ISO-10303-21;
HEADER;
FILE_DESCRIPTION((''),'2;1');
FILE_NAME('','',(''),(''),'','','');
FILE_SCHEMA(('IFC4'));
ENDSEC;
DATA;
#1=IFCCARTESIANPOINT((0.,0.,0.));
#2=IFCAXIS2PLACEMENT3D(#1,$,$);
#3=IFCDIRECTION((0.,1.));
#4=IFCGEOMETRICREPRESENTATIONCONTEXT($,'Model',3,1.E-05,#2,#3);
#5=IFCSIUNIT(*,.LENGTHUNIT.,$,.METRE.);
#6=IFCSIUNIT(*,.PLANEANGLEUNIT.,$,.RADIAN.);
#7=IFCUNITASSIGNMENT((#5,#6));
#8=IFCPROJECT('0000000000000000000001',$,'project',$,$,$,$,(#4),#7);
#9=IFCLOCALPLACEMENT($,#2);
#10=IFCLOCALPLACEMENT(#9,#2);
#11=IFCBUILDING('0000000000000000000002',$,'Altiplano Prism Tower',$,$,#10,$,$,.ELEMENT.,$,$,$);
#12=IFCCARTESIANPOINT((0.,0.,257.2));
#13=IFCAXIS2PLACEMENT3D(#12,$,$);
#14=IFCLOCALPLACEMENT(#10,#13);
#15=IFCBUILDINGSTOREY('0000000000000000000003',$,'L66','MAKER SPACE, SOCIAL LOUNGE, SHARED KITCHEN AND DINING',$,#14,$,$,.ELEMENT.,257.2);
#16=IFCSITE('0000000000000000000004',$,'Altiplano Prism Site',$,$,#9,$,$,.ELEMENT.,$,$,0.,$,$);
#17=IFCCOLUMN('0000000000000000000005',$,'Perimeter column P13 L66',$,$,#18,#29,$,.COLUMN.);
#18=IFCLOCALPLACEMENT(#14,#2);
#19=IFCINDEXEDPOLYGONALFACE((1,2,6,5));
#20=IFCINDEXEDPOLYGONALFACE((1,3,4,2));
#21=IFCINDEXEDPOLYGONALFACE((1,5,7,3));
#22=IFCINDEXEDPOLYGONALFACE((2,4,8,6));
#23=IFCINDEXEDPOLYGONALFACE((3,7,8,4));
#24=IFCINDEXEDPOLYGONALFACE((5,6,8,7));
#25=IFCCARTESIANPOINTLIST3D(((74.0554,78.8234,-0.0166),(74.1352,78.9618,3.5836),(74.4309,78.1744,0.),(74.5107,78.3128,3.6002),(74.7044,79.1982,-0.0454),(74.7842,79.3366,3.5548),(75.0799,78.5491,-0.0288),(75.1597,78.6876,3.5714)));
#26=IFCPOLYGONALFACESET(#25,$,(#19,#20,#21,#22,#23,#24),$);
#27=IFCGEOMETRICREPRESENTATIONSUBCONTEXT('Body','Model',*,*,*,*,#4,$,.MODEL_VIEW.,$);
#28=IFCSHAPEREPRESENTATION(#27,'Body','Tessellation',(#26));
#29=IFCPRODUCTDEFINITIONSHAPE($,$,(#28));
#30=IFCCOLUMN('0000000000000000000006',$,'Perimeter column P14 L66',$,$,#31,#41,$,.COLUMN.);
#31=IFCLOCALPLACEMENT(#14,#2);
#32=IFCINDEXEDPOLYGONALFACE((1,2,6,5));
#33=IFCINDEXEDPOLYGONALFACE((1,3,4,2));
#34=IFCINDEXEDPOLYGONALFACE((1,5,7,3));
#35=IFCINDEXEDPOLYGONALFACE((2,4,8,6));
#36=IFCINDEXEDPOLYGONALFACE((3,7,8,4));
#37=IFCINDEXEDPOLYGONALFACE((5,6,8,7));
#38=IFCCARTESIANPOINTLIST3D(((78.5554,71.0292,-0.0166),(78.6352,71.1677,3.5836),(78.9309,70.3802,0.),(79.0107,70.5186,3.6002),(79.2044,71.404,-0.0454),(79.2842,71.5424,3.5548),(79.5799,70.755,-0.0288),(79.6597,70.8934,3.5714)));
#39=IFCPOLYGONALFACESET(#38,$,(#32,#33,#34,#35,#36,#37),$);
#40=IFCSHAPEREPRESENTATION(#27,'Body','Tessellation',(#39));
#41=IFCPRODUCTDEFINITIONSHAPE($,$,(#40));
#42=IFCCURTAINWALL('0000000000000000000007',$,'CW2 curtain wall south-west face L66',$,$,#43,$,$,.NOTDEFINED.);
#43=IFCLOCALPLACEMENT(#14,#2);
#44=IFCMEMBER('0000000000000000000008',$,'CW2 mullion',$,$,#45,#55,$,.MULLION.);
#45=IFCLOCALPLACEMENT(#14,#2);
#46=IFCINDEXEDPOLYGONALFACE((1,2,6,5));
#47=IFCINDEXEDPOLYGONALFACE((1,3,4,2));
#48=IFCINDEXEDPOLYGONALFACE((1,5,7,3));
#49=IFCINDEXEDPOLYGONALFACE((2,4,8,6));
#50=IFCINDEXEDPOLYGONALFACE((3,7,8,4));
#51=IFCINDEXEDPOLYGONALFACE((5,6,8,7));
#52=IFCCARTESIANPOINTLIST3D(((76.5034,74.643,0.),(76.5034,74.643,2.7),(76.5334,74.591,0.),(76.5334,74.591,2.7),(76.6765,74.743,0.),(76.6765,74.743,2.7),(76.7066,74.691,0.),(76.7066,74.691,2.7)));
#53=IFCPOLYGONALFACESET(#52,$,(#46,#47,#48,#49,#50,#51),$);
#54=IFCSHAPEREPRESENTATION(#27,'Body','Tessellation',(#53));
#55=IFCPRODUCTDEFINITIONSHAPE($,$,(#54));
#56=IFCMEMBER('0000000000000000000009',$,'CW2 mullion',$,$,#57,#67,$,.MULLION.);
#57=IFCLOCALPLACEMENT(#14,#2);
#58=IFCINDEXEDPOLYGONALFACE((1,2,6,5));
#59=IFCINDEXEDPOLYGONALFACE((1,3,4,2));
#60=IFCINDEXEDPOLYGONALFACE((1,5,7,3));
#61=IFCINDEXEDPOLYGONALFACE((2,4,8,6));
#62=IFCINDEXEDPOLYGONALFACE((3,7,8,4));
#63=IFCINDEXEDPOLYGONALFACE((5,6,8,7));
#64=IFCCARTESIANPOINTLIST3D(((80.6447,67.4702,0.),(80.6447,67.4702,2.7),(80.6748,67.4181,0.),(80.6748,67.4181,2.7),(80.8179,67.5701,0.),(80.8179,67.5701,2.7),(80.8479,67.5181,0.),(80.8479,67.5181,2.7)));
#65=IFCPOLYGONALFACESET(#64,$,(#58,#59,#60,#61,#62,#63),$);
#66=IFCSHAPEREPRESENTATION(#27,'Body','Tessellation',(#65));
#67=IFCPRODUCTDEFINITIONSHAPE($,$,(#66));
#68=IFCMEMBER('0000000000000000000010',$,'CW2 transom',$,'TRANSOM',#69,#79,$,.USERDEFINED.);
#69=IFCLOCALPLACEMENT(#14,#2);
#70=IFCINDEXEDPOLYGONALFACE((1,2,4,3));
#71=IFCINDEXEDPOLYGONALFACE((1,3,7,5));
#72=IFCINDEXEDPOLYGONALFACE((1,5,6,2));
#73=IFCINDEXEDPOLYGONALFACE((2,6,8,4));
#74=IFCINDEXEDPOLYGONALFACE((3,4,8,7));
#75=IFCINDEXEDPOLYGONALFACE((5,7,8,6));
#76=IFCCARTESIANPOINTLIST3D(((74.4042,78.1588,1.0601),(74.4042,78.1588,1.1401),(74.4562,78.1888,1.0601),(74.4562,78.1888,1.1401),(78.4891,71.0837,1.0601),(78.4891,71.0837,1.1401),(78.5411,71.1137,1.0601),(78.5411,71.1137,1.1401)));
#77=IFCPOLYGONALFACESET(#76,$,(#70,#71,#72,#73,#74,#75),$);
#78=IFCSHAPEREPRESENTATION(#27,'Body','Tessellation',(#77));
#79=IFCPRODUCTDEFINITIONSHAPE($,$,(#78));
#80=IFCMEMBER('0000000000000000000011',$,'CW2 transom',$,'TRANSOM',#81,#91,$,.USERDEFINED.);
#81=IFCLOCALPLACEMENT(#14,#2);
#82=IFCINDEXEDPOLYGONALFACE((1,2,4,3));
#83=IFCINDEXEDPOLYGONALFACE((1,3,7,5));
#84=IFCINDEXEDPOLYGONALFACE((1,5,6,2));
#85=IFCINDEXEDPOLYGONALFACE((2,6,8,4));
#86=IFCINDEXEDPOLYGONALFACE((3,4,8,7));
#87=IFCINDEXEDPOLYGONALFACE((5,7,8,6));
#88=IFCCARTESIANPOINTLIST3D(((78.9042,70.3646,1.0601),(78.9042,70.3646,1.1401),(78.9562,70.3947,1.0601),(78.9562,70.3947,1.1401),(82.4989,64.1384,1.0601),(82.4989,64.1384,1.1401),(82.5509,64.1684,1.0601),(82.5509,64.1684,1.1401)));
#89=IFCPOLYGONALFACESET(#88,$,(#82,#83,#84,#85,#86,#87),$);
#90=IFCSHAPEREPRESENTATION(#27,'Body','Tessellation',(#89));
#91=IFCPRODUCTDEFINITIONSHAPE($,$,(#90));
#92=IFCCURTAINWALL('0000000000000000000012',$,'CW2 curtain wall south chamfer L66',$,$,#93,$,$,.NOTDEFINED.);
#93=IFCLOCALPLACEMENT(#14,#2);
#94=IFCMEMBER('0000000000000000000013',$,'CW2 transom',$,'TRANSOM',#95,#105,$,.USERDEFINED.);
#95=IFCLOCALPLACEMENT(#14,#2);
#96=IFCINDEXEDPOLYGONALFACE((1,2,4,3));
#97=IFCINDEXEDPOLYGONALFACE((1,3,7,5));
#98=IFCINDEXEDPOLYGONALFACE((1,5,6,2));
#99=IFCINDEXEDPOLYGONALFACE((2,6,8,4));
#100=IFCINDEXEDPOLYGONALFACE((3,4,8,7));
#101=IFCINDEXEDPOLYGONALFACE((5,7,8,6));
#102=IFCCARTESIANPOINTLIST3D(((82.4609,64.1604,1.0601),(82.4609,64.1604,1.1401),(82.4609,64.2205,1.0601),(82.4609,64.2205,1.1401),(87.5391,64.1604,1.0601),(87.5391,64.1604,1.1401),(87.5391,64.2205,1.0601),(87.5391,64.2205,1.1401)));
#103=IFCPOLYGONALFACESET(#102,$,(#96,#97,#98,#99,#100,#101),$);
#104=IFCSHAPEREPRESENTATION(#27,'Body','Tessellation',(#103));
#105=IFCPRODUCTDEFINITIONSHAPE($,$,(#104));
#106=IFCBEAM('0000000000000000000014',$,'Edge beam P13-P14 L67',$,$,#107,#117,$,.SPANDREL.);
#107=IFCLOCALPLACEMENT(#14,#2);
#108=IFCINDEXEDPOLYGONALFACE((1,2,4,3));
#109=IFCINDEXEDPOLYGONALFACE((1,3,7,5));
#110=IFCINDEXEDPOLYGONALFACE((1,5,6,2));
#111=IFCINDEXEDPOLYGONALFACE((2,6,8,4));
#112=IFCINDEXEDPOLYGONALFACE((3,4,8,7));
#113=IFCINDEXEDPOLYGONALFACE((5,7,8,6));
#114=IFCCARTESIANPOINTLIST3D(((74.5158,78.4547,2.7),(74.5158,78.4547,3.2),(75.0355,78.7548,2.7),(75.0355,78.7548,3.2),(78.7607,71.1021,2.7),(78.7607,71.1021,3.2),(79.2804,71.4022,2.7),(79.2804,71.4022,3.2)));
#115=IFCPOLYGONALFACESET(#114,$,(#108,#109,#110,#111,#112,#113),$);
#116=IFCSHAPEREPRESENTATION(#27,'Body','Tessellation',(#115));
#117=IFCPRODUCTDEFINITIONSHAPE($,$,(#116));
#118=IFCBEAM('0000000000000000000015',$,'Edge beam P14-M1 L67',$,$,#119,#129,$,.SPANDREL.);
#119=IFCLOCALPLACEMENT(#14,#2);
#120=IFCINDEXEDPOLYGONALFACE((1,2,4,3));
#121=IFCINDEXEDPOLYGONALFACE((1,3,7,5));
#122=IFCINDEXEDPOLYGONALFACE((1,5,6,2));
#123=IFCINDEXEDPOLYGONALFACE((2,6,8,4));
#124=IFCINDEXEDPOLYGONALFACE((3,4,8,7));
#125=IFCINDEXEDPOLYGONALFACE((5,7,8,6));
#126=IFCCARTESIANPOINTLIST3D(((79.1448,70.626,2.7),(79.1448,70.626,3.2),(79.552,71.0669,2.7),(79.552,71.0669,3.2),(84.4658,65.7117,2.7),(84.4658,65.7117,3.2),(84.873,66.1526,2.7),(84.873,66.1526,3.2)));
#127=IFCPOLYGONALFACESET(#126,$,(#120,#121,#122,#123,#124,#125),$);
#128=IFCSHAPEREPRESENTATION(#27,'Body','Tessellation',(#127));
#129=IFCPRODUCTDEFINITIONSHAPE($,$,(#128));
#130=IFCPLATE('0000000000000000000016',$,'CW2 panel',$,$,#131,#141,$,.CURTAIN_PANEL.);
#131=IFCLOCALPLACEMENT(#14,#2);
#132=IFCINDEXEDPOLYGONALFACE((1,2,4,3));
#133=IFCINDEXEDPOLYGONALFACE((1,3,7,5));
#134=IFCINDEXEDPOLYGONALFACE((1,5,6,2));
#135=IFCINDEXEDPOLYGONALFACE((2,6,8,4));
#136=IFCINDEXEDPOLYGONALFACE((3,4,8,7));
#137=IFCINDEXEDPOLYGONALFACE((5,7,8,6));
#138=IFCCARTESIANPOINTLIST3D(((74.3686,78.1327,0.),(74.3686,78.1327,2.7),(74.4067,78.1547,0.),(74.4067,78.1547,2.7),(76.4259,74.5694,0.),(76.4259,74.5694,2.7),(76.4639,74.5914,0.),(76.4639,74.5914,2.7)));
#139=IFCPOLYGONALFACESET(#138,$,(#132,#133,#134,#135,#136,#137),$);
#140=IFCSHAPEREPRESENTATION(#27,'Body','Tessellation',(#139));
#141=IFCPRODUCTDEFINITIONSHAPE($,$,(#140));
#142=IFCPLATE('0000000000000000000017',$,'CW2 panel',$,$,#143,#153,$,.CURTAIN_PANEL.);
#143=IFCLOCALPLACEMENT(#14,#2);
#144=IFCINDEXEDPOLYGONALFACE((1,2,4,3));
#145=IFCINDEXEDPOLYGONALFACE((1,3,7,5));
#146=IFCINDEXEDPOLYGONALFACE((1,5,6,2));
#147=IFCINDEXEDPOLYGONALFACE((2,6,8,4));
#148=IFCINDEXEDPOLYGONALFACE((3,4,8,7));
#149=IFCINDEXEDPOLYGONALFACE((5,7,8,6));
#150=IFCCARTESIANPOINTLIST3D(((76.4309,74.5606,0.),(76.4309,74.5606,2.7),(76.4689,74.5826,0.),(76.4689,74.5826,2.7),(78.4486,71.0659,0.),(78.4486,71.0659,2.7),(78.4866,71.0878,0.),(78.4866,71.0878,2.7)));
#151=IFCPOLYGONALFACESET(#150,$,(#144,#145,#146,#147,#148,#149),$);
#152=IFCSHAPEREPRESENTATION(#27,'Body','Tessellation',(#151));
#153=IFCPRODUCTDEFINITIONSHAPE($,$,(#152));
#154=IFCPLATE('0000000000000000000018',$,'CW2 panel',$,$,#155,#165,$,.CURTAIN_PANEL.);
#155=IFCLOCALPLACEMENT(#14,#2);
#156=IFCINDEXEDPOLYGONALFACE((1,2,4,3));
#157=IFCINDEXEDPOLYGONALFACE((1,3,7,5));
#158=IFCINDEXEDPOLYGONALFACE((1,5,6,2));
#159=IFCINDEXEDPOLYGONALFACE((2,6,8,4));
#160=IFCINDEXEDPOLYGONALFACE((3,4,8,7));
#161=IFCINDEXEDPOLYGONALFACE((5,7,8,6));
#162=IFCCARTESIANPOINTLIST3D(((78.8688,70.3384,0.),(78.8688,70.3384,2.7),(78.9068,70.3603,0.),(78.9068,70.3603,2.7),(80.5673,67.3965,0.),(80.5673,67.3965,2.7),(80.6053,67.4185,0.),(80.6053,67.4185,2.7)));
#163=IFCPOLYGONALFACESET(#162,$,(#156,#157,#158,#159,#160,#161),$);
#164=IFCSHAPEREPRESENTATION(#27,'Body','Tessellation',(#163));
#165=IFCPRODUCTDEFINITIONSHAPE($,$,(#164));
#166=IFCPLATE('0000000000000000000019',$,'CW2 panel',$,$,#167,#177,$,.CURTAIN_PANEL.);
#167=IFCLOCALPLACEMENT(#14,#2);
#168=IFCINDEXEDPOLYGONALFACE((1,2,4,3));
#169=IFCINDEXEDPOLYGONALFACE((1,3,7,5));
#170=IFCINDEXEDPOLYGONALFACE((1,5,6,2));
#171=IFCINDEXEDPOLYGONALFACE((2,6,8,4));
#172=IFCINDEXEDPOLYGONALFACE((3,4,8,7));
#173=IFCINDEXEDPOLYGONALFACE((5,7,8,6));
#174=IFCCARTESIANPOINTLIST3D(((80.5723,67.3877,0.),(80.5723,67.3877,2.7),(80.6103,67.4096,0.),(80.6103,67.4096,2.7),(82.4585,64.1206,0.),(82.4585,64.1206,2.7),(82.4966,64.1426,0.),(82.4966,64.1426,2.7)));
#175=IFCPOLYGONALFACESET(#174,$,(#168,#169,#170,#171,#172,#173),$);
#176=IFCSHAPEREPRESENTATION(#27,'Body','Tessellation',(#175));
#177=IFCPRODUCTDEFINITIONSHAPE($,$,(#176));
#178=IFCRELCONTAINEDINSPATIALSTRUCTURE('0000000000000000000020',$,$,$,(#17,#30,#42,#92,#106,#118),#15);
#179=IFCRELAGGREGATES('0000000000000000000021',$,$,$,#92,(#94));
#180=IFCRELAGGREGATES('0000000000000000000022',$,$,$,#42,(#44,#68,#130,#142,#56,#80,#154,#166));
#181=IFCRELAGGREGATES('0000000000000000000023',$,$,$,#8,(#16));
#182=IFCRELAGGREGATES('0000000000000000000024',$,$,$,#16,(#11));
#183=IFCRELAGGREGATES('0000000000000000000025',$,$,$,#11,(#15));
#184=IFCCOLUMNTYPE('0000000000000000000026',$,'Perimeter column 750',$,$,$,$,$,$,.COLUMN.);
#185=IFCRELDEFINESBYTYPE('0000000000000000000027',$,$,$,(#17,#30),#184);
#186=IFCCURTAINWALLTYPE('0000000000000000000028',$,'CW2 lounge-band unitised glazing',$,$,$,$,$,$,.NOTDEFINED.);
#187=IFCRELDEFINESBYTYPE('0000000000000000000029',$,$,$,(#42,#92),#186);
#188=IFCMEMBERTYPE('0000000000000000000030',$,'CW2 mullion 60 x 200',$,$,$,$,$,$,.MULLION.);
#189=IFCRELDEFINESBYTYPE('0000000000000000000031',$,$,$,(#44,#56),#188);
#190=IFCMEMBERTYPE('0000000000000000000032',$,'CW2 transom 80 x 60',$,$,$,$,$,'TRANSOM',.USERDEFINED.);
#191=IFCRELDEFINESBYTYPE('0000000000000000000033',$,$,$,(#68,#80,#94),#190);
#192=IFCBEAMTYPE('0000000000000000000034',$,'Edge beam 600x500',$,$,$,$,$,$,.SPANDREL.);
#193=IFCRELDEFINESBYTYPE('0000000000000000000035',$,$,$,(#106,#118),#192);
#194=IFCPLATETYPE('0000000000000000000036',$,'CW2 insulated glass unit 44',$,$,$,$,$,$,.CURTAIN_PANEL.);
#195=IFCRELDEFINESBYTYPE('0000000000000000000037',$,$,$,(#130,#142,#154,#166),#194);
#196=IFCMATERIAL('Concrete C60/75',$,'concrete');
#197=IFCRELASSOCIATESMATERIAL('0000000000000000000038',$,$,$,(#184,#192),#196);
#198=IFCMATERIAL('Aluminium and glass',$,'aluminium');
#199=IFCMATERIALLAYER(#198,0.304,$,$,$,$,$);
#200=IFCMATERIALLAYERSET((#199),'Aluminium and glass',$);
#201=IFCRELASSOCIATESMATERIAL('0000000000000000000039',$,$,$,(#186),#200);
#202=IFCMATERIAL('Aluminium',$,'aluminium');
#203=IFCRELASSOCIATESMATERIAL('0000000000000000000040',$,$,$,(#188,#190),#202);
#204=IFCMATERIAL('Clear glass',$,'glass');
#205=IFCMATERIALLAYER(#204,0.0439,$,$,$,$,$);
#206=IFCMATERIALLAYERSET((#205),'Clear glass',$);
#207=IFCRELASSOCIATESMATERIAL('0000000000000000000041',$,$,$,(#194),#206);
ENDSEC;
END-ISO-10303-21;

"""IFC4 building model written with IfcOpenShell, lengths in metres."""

from ifc_helpers import new_model, si_unit, direction, frame, origin, origin_2d, place, context, subcontext, project, spatial, rectangle, extrude, material, layer, layer_set, material_profile, profile_set, type_object, element, aggregate, save


model = new_model("IFC4")

# Units and contexts
model_context = context("Model", 3, precision=1e-05, world=origin(), true_north=direction((0.0, 1.0)))
body_context = subcontext(model_context, "Body", "Model", "MODEL_VIEW")
ifc_project = project(units=[si_unit("LENGTHUNIT", "METRE"), si_unit("PLANEANGLEUNIT", "RADIAN")], contexts=[model_context])

# Site, building, storey
site_placement = place(None, origin())
site = spatial("IfcSite", under=ifc_project, at=site_placement, Name="Altiplano Prism Site", CompositionType="ELEMENT", RefElevation=0.0)
building_placement = place(site_placement, origin())
building = spatial("IfcBuilding", under=site, at=building_placement, Name="Altiplano Prism Tower", CompositionType="ELEMENT")
storey_placement = place(building_placement, frame((0.0, 0.0, 257.2)))
storey = spatial("IfcBuildingStorey", under=building, at=storey_placement, Name="L66", Description="MAKER SPACE, SOCIAL LOUNGE, SHARED KITCHEN AND DINING", CompositionType="ELEMENT", Elevation=257.2)

# Columns
ifc_material_1 = material(Name="Concrete C60/75", Category="concrete")
ifc_material_profile_1 = material_profile(ifc_material_1, rectangle(XDim=0.75, YDim=0.75, at=origin_2d()), Name="Perimeter column 750")
ifc_profile_set_1 = profile_set([ifc_material_profile_1], Name="Concrete C60/75")
column_type = type_object("IfcColumnType", Name="Perimeter column 750", PredefinedType="COLUMN", material=ifc_profile_set_1)
for number, where, z_axis, x_axis, name in (
    (1, (74.5676, 78.6863, -0.0227), (0.022154, 0.038413, 0.999016), (-0.865362, -0.499674, 0.038403), "Perimeter column P13 L66"),
    (2, (79.0676, 70.8921, -0.0227), (0.022154, 0.038413, 0.999016), (-0.865362, -0.499674, 0.038403), "Perimeter column P14 L66"),
):
    element("IfcColumn", number, at=place(storey_placement, frame(where, z_axis=z_axis, x_axis=x_axis)), inside=storey, type_object=column_type, Name=name, PredefinedType="COLUMN", context=body_context, shape_type="SweptSolid", body=[
        extrude(rectangle(XDim=0.75, YDim=0.75, at=origin_2d()), origin(), (0.0, 0.0, 1.0), 3.6038),
    ])

# Curtain wall, members
ifc_material_2 = material(Name="Aluminium and glass", Category="aluminium")
ifc_layer_1 = layer(ifc_material_2, 0.304)
ifc_layer_set_1 = layer_set([ifc_layer_1], Name="Aluminium and glass")
curtain_wall_type = type_object("IfcCurtainWallType", Name="CW2 lounge-band unitised glazing", PredefinedType="NOTDEFINED", material=ifc_layer_set_1)
curtain_wall_1_placement = place(storey_placement, origin())
curtain_wall_1 = element("IfcCurtainWall", 3, at=curtain_wall_1_placement, inside=storey, type_object=curtain_wall_type, Name="CW2 curtain wall south-west face L66", PredefinedType="NOTDEFINED")
ifc_material_3 = material(Name="Aluminium", Category="aluminium")
ifc_material_profile_2 = material_profile(ifc_material_3, rectangle(XDim=0.2, YDim=0.0601, at=origin_2d()), Name="CW2 mullion 60 x 200")
ifc_profile_set_2 = profile_set([ifc_material_profile_2], Name="Aluminium")
member_type_1 = type_object("IfcMemberType", Name="CW2 mullion 60 x 200", PredefinedType="MULLION", material=ifc_profile_set_2)
member_1_placement = place(storey_placement, frame((76.605, 74.667, 0.0), z_axis=(0.0, 0.0, 1.0), x_axis=(0.866025, 0.5, 0.0)))
member_1 = element("IfcMember", 4, at=member_1_placement, type_object=member_type_1, Name="CW2 mullion", PredefinedType="MULLION", context=body_context, shape_type="SweptSolid", body=[
    extrude(rectangle(XDim=0.2, YDim=0.0601, at=origin_2d()), origin(), (0.0, 0.0, 1.0), 2.7),
])
member_2_placement = place(storey_placement, frame((80.7463, 67.4941, 0.0), z_axis=(0.0, 0.0, 1.0), x_axis=(0.866025, 0.5, 0.0)))
member_2 = element("IfcMember", 5, at=member_2_placement, type_object=member_type_1, Name="CW2 mullion", PredefinedType="MULLION", context=body_context, shape_type="SweptSolid", body=[
    extrude(rectangle(XDim=0.2, YDim=0.0601, at=origin_2d()), origin(), (0.0, 0.0, 1.0), 2.7),
])
ifc_material_profile_3 = material_profile(ifc_material_3, rectangle(XDim=0.0601, YDim=0.0801, at=origin_2d()), Name="CW2 transom 80 x 60")
ifc_profile_set_3 = profile_set([ifc_material_profile_3], Name="Aluminium")
member_type_2 = type_object("IfcMemberType", Name="CW2 transom 80 x 60", ElementType="TRANSOM", PredefinedType="USERDEFINED", material=ifc_profile_set_3)
member_3_placement = place(storey_placement, frame((74.4302, 78.1738, 1.1001), z_axis=(0.500009, -0.86602, 0.0), x_axis=(0.86602, 0.500009, 0.0)))
member_3 = element("IfcMember", 6, at=member_3_placement, type_object=member_type_2, Name="CW2 transom", ObjectType="TRANSOM", PredefinedType="USERDEFINED", context=body_context, shape_type="SweptSolid", body=[
    extrude(rectangle(XDim=0.0601, YDim=0.0801, at=origin_2d()), origin(), (0.0, 0.0, 1.0), 8.1697),
])
member_4_placement = place(storey_placement, frame((78.9302, 70.3796, 1.1001), z_axis=(0.499996, -0.866028, 0.0), x_axis=(0.866028, 0.499996, 0.0)))
member_4 = element("IfcMember", 7, at=member_4_placement, type_object=member_type_2, Name="CW2 transom", ObjectType="TRANSOM", PredefinedType="USERDEFINED", context=body_context, shape_type="SweptSolid", body=[
    extrude(rectangle(XDim=0.0601, YDim=0.0801, at=origin_2d()), origin(), (0.0, 0.0, 1.0), 7.1895),
])

# Curtain wall, member
curtain_wall_2_placement = place(storey_placement, origin())
curtain_wall_2 = element("IfcCurtainWall", 8, at=curtain_wall_2_placement, inside=storey, type_object=curtain_wall_type, Name="CW2 curtain wall south chamfer L66", PredefinedType="NOTDEFINED")
member_5_placement = place(storey_placement, frame((82.4609, 64.1904, 1.1001), z_axis=(1.0, 0.0, 0.0), x_axis=(0.0, 1.0, 0.0)))
member_5 = element("IfcMember", 9, at=member_5_placement, type_object=member_type_2, Name="CW2 transom", ObjectType="TRANSOM", PredefinedType="USERDEFINED", context=body_context, shape_type="SweptSolid", body=[
    extrude(rectangle(XDim=0.0601, YDim=0.0801, at=origin_2d()), origin(), (0.0, 0.0, 1.0), 5.0781),
])
aggregate(curtain_wall_2, [member_5])

# Beams
ifc_material_profile_4 = material_profile(ifc_material_1, rectangle(XDim=0.6001, YDim=0.5, at=origin_2d()), Name="Edge beam 600x500")
ifc_profile_set_4 = profile_set([ifc_material_profile_4], Name="Concrete C60/75")
beam_type = type_object("IfcBeamType", Name="Edge beam 600x500", PredefinedType="SPANDREL", material=ifc_profile_set_4)
beam_1_placement = place(storey_placement, frame((74.7756, 78.6047, 2.95), z_axis=(0.49999, -0.866031, 0.0), x_axis=(0.866031, 0.49999, 0.0)))
element("IfcBeam", 10, at=beam_1_placement, inside=storey, type_object=beam_type, Name="Edge beam P13-P14 L67", PredefinedType="SPANDREL", context=body_context, shape_type="SweptSolid", body=[
    extrude(rectangle(XDim=0.6001, YDim=0.5, at=origin_2d()), origin(), (0.0, 0.0, 1.0), 8.49),
])
beam_2_placement = place(storey_placement, frame((79.3484, 70.8464, 2.95), z_axis=(0.734626, -0.678472, 0.0), x_axis=(0.678472, 0.734626, 0.0)))
element("IfcBeam", 11, at=beam_2_placement, inside=storey, type_object=beam_type, Name="Edge beam P14-M1 L67", PredefinedType="SPANDREL", context=body_context, shape_type="SweptSolid", body=[
    extrude(rectangle(XDim=0.6001, YDim=0.5, at=origin_2d()), origin(), (0.0, 0.0, 1.0), 7.2432),
])

# Plates
ifc_material_4 = material(Name="Clear glass", Category="glass")
ifc_layer_2 = layer(ifc_material_4, 0.0439)
ifc_layer_set_2 = layer_set([ifc_layer_2], Name="Clear glass")
plate_type = type_object("IfcPlateType", Name="CW2 insulated glass unit 44", PredefinedType="CURTAIN_PANEL", material=ifc_layer_set_2)
plate_1_placement = place(storey_placement, frame((75.4163, 76.3621, 0.0), z_axis=(0.0, 0.0, 1.0), x_axis=(0.5, -0.866025, 0.0)))
plate_1 = element("IfcPlate", 12, at=plate_1_placement, type_object=plate_type, Name="CW2 panel", PredefinedType="CURTAIN_PANEL", context=body_context, shape_type="SweptSolid", body=[
    extrude(rectangle(XDim=4.1145, YDim=0.0439, at=origin_2d()), origin(), (0.0, 0.0, 1.0), 2.7),
])
plate_2_placement = place(storey_placement, frame((77.4587, 72.8242, 0.0), z_axis=(0.0, 0.0, 1.0), x_axis=(0.5, -0.866025, 0.0)))
plate_2 = element("IfcPlate", 13, at=plate_2_placement, type_object=plate_type, Name="CW2 panel", PredefinedType="CURTAIN_PANEL", context=body_context, shape_type="SweptSolid", body=[
    extrude(rectangle(XDim=4.0354, YDim=0.0439, at=origin_2d()), origin(), (0.0, 0.0, 1.0), 2.7),
])
plate_3_placement = place(storey_placement, frame((79.7371, 68.8784, 0.0), z_axis=(0.0, 0.0, 1.0), x_axis=(0.5, -0.866025, 0.0)))
plate_3 = element("IfcPlate", 14, at=plate_3_placement, type_object=plate_type, Name="CW2 panel", PredefinedType="CURTAIN_PANEL", context=body_context, shape_type="SweptSolid", body=[
    extrude(rectangle(XDim=3.397, YDim=0.0439, at=origin_2d()), origin(), (0.0, 0.0, 1.0), 2.7),
])
plate_4_placement = place(storey_placement, frame((81.5344, 65.7651, 0.0), z_axis=(0.0, 0.0, 1.0), x_axis=(0.5, -0.866025, 0.0)))
plate_4 = element("IfcPlate", 15, at=plate_4_placement, type_object=plate_type, Name="CW2 panel", PredefinedType="CURTAIN_PANEL", context=body_context, shape_type="SweptSolid", body=[
    extrude(rectangle(XDim=3.7725, YDim=0.0439, at=origin_2d()), origin(), (0.0, 0.0, 1.0), 2.7),
])
aggregate(curtain_wall_1, [member_1, member_3, plate_1, plate_2, member_2, member_4, plate_3, plate_4])

save(model, "model.ifc")
